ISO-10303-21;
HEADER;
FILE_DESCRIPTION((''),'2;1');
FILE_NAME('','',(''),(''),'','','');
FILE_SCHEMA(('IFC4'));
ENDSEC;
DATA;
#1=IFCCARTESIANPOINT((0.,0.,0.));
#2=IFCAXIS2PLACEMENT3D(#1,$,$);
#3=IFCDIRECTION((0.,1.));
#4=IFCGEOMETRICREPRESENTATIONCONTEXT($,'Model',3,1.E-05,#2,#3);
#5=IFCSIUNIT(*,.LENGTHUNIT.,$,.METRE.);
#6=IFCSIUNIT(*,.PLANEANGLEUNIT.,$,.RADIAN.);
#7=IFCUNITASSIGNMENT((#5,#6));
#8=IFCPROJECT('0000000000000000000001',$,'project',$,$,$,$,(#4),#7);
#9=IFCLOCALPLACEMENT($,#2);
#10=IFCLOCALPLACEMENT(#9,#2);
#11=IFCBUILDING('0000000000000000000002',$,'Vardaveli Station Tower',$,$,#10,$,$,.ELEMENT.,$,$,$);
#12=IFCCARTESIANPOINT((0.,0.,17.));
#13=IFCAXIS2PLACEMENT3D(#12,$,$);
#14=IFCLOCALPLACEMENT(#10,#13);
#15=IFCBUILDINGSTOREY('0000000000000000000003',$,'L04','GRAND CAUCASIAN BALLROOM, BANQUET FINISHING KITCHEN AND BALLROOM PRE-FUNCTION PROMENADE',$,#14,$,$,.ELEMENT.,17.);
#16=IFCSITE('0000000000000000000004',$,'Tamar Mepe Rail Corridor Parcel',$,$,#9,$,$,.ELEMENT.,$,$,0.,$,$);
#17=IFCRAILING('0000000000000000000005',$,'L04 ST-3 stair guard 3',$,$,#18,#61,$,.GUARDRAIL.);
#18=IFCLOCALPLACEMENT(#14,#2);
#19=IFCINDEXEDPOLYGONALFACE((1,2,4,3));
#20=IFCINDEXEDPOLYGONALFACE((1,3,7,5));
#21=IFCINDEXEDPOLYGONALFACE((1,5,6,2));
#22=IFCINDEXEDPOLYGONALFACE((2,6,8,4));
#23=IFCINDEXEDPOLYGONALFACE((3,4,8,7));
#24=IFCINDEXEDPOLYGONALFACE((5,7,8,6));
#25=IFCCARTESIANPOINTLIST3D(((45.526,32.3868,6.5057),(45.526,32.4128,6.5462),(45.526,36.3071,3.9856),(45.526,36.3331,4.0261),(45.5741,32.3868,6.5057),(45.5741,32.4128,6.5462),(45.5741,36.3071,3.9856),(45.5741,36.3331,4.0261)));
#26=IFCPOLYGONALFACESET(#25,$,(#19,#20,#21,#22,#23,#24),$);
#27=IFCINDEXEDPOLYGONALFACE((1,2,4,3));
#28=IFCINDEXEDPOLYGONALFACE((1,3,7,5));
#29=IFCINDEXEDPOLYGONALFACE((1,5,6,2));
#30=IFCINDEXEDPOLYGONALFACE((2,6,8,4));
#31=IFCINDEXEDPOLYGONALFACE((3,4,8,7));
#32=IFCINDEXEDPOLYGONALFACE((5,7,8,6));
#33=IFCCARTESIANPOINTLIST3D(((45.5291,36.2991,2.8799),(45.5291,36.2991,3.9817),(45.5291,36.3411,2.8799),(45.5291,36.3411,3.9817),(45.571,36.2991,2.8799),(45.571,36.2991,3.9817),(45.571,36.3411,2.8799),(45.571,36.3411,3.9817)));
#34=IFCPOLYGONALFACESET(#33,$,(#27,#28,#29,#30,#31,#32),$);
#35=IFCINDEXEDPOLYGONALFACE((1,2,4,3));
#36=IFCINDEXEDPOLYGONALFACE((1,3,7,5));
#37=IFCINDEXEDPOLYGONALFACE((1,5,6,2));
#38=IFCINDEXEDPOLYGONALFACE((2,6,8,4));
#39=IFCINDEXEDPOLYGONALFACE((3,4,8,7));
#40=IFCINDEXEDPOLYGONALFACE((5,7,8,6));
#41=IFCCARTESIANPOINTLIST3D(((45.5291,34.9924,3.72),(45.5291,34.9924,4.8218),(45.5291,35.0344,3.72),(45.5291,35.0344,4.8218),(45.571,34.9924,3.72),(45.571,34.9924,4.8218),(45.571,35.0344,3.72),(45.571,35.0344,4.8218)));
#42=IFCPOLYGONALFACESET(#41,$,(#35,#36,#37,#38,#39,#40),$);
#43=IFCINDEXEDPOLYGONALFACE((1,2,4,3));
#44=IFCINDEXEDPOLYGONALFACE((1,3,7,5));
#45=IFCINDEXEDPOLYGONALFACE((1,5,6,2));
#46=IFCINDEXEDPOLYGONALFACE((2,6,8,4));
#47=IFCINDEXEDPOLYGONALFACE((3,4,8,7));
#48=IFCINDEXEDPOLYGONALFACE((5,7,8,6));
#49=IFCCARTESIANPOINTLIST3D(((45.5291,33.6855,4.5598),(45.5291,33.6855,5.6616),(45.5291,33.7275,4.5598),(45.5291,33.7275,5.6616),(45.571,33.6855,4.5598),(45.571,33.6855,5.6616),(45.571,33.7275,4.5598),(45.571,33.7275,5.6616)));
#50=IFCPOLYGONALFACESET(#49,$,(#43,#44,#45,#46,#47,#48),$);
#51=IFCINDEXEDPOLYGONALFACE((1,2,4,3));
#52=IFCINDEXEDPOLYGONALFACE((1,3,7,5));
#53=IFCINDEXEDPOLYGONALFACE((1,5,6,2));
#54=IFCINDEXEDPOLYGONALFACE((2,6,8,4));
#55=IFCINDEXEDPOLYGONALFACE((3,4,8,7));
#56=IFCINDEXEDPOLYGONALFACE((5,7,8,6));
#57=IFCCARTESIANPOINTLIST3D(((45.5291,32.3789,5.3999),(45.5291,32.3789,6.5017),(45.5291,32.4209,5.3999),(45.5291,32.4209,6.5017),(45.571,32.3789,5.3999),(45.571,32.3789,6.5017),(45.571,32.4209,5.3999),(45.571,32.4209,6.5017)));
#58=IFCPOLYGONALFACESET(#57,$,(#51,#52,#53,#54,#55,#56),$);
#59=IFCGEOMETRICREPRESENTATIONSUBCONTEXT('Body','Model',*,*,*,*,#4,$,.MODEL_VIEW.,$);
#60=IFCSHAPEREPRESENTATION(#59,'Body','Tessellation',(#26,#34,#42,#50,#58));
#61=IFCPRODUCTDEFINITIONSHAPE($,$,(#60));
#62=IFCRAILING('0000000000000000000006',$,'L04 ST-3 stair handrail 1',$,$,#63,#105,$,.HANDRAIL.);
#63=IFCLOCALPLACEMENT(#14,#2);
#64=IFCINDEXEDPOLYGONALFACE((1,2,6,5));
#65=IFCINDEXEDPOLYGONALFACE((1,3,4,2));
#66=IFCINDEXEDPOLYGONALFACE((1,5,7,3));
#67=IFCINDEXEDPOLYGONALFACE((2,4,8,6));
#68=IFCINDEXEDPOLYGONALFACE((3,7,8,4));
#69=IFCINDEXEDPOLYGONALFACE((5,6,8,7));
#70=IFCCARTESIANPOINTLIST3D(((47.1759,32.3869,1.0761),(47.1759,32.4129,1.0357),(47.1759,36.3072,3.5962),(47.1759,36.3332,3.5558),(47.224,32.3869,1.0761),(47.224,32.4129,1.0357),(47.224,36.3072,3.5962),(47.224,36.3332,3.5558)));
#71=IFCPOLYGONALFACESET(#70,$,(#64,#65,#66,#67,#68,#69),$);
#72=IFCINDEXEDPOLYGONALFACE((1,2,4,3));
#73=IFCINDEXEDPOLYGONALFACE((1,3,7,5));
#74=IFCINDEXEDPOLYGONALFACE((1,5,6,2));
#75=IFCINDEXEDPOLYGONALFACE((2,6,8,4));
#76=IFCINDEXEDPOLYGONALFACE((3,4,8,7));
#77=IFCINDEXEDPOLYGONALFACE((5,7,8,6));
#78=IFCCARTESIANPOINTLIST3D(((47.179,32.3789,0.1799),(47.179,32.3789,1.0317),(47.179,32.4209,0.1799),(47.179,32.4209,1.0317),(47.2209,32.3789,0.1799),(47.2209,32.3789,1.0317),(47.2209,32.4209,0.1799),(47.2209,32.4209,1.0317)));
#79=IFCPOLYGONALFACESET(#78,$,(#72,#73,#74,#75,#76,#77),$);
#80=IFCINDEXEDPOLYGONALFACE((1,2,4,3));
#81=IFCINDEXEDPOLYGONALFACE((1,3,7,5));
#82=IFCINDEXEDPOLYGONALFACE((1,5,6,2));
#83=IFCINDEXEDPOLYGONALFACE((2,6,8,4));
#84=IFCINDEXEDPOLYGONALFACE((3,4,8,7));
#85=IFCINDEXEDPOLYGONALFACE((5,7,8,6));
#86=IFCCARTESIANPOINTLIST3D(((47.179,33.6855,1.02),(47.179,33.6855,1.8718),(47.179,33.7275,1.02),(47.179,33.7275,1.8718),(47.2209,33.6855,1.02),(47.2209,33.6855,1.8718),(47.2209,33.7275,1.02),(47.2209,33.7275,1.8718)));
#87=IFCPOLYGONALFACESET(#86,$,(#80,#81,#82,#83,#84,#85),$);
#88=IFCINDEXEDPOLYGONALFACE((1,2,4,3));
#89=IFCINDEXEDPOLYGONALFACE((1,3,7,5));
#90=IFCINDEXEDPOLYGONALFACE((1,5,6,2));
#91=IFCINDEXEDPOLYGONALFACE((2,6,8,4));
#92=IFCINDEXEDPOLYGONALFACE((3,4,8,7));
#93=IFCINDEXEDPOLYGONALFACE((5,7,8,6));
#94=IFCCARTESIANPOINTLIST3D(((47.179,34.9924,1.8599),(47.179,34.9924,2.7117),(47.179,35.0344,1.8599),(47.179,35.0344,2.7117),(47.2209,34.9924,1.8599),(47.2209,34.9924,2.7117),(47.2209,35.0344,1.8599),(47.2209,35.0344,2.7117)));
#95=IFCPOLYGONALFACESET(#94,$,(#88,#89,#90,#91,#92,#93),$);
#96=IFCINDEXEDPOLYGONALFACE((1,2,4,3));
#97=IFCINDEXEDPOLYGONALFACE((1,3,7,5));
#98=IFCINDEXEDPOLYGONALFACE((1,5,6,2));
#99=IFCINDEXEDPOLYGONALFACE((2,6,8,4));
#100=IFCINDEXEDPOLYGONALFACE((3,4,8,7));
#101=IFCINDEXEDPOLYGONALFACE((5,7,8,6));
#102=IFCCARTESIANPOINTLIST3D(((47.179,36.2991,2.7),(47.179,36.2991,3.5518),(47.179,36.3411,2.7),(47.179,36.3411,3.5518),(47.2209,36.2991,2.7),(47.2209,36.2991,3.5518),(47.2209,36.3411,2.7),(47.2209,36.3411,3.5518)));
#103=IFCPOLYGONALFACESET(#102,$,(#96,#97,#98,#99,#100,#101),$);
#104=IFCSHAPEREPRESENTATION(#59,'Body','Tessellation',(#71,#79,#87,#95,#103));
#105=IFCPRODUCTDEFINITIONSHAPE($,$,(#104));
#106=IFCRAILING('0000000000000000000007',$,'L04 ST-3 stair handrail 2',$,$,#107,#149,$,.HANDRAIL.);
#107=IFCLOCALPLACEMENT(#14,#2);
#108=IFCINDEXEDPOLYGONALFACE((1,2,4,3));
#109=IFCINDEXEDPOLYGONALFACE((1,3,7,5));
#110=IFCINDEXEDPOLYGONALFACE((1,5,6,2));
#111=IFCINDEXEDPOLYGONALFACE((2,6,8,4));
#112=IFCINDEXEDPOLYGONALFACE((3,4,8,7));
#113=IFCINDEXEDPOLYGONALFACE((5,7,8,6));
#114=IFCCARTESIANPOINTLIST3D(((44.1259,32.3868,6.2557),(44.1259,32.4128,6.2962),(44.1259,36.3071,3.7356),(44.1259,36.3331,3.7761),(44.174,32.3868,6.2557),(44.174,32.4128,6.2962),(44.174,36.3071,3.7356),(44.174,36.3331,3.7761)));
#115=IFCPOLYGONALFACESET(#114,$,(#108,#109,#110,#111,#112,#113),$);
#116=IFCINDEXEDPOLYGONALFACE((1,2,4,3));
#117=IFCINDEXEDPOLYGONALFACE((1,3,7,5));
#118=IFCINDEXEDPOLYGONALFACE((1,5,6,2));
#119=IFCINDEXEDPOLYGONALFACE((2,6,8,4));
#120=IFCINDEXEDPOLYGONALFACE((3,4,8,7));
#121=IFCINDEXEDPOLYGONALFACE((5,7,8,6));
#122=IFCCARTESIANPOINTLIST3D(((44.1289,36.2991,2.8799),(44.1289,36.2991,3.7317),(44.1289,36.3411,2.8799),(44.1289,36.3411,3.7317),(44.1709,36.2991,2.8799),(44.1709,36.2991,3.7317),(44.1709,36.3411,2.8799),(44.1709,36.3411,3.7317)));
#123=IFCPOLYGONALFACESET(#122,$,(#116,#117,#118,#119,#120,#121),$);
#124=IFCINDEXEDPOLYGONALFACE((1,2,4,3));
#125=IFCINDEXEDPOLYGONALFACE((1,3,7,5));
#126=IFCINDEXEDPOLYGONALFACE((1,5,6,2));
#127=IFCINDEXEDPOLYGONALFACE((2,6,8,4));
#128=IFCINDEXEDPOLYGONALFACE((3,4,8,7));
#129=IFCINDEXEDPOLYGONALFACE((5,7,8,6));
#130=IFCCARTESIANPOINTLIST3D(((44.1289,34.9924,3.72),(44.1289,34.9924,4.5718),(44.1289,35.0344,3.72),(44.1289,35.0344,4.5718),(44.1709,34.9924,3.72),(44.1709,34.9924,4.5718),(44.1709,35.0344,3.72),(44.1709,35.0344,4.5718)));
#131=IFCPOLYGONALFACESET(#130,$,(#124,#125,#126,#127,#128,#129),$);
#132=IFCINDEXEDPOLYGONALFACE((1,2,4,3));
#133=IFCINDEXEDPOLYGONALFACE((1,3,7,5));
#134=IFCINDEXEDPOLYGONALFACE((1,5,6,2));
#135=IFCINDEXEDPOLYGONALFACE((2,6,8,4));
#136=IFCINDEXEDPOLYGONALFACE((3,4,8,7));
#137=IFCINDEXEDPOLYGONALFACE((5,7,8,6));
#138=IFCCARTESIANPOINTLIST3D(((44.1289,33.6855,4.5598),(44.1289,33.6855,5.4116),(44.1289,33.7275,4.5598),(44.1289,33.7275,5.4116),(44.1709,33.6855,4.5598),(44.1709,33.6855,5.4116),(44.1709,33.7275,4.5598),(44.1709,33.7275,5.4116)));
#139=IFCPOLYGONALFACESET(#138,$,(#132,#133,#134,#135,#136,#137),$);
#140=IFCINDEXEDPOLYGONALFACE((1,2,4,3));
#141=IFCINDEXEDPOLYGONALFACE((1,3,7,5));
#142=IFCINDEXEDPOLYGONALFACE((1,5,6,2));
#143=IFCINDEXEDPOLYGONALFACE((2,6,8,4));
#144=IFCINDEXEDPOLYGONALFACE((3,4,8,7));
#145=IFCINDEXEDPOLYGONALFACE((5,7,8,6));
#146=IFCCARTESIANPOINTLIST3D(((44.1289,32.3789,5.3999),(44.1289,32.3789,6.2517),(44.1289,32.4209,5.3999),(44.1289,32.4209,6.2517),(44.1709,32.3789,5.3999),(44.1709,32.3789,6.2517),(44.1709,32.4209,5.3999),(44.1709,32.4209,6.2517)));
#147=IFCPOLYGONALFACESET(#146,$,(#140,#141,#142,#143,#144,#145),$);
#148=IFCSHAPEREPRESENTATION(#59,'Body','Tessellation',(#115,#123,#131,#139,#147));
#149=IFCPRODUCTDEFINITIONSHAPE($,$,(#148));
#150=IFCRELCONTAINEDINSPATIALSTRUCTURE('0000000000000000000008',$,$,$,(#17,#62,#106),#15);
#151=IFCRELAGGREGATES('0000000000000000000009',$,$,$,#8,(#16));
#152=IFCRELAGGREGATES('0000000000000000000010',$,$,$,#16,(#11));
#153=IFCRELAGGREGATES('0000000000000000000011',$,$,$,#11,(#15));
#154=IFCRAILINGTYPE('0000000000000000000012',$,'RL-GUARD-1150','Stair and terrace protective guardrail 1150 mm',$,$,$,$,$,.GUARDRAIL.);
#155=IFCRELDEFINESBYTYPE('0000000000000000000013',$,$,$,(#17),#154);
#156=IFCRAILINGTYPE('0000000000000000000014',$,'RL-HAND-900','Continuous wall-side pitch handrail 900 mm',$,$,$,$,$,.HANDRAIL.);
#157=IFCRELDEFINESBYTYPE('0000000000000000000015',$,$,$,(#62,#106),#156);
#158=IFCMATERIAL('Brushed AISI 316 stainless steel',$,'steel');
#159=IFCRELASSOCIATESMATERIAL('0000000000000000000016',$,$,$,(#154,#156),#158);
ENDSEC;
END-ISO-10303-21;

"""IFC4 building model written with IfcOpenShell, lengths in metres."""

from ifc_helpers import new_model, si_unit, direction, frame, origin, origin_2d, place, context, subcontext, project, spatial, rectangle, extrude, source, transform, mapped, material, type_object, element, save


model = new_model("IFC4")

# Units and contexts
model_context = context("Model", 3, precision=1e-05, world=origin(), true_north=direction((0.0, 1.0)))
body_context = subcontext(model_context, "Body", "Model", "MODEL_VIEW")
ifc_project = project(units=[si_unit("LENGTHUNIT", "METRE"), si_unit("PLANEANGLEUNIT", "RADIAN")], contexts=[model_context])

# Site, building, storey
site_placement = place(None, origin())
site = spatial("IfcSite", under=ifc_project, at=site_placement, Name="Tamar Mepe Rail Corridor Parcel", CompositionType="ELEMENT", RefElevation=0.0)
building_placement = place(site_placement, origin())
building = spatial("IfcBuilding", under=site, at=building_placement, Name="Vardaveli Station Tower", CompositionType="ELEMENT")
storey_placement = place(building_placement, frame((0.0, 0.0, 17.0)))
storey = spatial("IfcBuildingStorey", under=building, at=storey_placement, Name="L04", Description="GRAND CAUCASIAN BALLROOM, BANQUET FINISHING KITCHEN AND BALLROOM PRE-FUNCTION PROMENADE", CompositionType="ELEMENT", Elevation=17.0)

# Railings
ifc_material_1 = material(Name="Brushed AISI 316 stainless steel", Category="steel")
railing_type_1 = type_object("IfcRailingType", Name="RL-GUARD-1150", Description="Stair and terrace protective guardrail 1150 mm", PredefinedType="GUARDRAIL", material=ifc_material_1)
shared_shape_1 = source(origin(), body_context, "Body", "SweptSolid", [
    extrude(rectangle(XDim=0.0481, YDim=0.0481, at=origin_2d()), frame((0.0, 0.0, 1.126), z_axis=(0.0, -0.841187, 0.540744), x_axis=(1.0, 0.0, 0.0)), (0.0, 0.0, 1.0), 4.6604),
    extrude(rectangle(XDim=0.042, YDim=0.042, at=origin_2d()), origin(), (0.0, 0.0, 1.0), 1.1018),
    extrude(rectangle(XDim=0.042, YDim=0.042, at=origin_2d()), frame((0.0, -1.3066, 0.8401)), (0.0, 0.0, 1.0), 1.1018),
    extrude(rectangle(XDim=0.042, YDim=0.042, at=origin_2d()), frame((0.0, -2.6135, 1.6799)), (0.0, 0.0, 1.0), 1.1018),
    extrude(rectangle(XDim=0.042, YDim=0.042, at=origin_2d()), frame((0.0, -3.9202, 2.52)), (0.0, 0.0, 1.0), 1.1018),
])
railing_1_placement = place(storey_placement, frame((45.55, 36.3201, 2.8799)))
element("IfcRailing", 1, at=railing_1_placement, inside=storey, type_object=railing_type_1, Name="L04 ST-3 stair guard 3", PredefinedType="GUARDRAIL", context=body_context, shape_type="MappedRepresentation", body=[
    mapped(shared_shape_1, transform((0.0, 0.0, 0.0), scale=1.0)),
])
railing_type_2 = type_object("IfcRailingType", Name="RL-HAND-900", Description="Continuous wall-side pitch handrail 900 mm", PredefinedType="HANDRAIL", material=ifc_material_1)
shared_shape_2 = source(origin(), body_context, "Body", "SweptSolid", [
    extrude(rectangle(XDim=0.0481, YDim=0.0481, at=origin_2d()), frame((0.0, 0.0, 0.876), z_axis=(0.0, 0.841187, 0.540744), x_axis=(-1.0, 0.0, 0.0)), (0.0, 0.0, 1.0), 4.6604),
    extrude(rectangle(XDim=0.042, YDim=0.042, at=origin_2d()), origin(), (0.0, 0.0, 1.0), 0.8518),
    extrude(rectangle(XDim=0.042, YDim=0.042, at=origin_2d()), frame((0.0, 1.3066, 0.8401)), (0.0, 0.0, 1.0), 0.8518),
    extrude(rectangle(XDim=0.042, YDim=0.042, at=origin_2d()), frame((0.0, 2.6135, 1.6799)), (0.0, 0.0, 1.0), 0.8518),
    extrude(rectangle(XDim=0.042, YDim=0.042, at=origin_2d()), frame((0.0, 3.9202, 2.52)), (0.0, 0.0, 1.0), 0.8518),
])
railing_2_placement = place(storey_placement, frame((47.2, 32.3999, 0.1799)))
element("IfcRailing", 2, at=railing_2_placement, inside=storey, type_object=railing_type_2, Name="L04 ST-3 stair handrail 1", PredefinedType="HANDRAIL", context=body_context, shape_type="MappedRepresentation", body=[
    mapped(shared_shape_2, transform((0.0, 0.0, 0.0), scale=1.0)),
])
shared_shape_3 = source(origin(), body_context, "Body", "SweptSolid", [
    extrude(rectangle(XDim=0.0481, YDim=0.0481, at=origin_2d()), frame((0.0, 0.0, 0.876), z_axis=(0.0, -0.841187, 0.540744), x_axis=(1.0, 0.0, 0.0)), (0.0, 0.0, 1.0), 4.6604),
    extrude(rectangle(XDim=0.042, YDim=0.042, at=origin_2d()), origin(), (0.0, 0.0, 1.0), 0.8518),
    extrude(rectangle(XDim=0.042, YDim=0.042, at=origin_2d()), frame((0.0, -1.3066, 0.8401)), (0.0, 0.0, 1.0), 0.8518),
    extrude(rectangle(XDim=0.042, YDim=0.042, at=origin_2d()), frame((0.0, -2.6135, 1.6799)), (0.0, 0.0, 1.0), 0.8518),
    extrude(rectangle(XDim=0.042, YDim=0.042, at=origin_2d()), frame((0.0, -3.9202, 2.52)), (0.0, 0.0, 1.0), 0.8518),
])
railing_3_placement = place(storey_placement, frame((44.1499, 36.3201, 2.8799)))
element("IfcRailing", 3, at=railing_3_placement, inside=storey, type_object=railing_type_2, Name="L04 ST-3 stair handrail 2", PredefinedType="HANDRAIL", context=body_context, shape_type="MappedRepresentation", body=[
    mapped(shared_shape_3, transform((0.0, 0.0, 0.0), scale=1.0)),
])

save(model, "model.ifc")
